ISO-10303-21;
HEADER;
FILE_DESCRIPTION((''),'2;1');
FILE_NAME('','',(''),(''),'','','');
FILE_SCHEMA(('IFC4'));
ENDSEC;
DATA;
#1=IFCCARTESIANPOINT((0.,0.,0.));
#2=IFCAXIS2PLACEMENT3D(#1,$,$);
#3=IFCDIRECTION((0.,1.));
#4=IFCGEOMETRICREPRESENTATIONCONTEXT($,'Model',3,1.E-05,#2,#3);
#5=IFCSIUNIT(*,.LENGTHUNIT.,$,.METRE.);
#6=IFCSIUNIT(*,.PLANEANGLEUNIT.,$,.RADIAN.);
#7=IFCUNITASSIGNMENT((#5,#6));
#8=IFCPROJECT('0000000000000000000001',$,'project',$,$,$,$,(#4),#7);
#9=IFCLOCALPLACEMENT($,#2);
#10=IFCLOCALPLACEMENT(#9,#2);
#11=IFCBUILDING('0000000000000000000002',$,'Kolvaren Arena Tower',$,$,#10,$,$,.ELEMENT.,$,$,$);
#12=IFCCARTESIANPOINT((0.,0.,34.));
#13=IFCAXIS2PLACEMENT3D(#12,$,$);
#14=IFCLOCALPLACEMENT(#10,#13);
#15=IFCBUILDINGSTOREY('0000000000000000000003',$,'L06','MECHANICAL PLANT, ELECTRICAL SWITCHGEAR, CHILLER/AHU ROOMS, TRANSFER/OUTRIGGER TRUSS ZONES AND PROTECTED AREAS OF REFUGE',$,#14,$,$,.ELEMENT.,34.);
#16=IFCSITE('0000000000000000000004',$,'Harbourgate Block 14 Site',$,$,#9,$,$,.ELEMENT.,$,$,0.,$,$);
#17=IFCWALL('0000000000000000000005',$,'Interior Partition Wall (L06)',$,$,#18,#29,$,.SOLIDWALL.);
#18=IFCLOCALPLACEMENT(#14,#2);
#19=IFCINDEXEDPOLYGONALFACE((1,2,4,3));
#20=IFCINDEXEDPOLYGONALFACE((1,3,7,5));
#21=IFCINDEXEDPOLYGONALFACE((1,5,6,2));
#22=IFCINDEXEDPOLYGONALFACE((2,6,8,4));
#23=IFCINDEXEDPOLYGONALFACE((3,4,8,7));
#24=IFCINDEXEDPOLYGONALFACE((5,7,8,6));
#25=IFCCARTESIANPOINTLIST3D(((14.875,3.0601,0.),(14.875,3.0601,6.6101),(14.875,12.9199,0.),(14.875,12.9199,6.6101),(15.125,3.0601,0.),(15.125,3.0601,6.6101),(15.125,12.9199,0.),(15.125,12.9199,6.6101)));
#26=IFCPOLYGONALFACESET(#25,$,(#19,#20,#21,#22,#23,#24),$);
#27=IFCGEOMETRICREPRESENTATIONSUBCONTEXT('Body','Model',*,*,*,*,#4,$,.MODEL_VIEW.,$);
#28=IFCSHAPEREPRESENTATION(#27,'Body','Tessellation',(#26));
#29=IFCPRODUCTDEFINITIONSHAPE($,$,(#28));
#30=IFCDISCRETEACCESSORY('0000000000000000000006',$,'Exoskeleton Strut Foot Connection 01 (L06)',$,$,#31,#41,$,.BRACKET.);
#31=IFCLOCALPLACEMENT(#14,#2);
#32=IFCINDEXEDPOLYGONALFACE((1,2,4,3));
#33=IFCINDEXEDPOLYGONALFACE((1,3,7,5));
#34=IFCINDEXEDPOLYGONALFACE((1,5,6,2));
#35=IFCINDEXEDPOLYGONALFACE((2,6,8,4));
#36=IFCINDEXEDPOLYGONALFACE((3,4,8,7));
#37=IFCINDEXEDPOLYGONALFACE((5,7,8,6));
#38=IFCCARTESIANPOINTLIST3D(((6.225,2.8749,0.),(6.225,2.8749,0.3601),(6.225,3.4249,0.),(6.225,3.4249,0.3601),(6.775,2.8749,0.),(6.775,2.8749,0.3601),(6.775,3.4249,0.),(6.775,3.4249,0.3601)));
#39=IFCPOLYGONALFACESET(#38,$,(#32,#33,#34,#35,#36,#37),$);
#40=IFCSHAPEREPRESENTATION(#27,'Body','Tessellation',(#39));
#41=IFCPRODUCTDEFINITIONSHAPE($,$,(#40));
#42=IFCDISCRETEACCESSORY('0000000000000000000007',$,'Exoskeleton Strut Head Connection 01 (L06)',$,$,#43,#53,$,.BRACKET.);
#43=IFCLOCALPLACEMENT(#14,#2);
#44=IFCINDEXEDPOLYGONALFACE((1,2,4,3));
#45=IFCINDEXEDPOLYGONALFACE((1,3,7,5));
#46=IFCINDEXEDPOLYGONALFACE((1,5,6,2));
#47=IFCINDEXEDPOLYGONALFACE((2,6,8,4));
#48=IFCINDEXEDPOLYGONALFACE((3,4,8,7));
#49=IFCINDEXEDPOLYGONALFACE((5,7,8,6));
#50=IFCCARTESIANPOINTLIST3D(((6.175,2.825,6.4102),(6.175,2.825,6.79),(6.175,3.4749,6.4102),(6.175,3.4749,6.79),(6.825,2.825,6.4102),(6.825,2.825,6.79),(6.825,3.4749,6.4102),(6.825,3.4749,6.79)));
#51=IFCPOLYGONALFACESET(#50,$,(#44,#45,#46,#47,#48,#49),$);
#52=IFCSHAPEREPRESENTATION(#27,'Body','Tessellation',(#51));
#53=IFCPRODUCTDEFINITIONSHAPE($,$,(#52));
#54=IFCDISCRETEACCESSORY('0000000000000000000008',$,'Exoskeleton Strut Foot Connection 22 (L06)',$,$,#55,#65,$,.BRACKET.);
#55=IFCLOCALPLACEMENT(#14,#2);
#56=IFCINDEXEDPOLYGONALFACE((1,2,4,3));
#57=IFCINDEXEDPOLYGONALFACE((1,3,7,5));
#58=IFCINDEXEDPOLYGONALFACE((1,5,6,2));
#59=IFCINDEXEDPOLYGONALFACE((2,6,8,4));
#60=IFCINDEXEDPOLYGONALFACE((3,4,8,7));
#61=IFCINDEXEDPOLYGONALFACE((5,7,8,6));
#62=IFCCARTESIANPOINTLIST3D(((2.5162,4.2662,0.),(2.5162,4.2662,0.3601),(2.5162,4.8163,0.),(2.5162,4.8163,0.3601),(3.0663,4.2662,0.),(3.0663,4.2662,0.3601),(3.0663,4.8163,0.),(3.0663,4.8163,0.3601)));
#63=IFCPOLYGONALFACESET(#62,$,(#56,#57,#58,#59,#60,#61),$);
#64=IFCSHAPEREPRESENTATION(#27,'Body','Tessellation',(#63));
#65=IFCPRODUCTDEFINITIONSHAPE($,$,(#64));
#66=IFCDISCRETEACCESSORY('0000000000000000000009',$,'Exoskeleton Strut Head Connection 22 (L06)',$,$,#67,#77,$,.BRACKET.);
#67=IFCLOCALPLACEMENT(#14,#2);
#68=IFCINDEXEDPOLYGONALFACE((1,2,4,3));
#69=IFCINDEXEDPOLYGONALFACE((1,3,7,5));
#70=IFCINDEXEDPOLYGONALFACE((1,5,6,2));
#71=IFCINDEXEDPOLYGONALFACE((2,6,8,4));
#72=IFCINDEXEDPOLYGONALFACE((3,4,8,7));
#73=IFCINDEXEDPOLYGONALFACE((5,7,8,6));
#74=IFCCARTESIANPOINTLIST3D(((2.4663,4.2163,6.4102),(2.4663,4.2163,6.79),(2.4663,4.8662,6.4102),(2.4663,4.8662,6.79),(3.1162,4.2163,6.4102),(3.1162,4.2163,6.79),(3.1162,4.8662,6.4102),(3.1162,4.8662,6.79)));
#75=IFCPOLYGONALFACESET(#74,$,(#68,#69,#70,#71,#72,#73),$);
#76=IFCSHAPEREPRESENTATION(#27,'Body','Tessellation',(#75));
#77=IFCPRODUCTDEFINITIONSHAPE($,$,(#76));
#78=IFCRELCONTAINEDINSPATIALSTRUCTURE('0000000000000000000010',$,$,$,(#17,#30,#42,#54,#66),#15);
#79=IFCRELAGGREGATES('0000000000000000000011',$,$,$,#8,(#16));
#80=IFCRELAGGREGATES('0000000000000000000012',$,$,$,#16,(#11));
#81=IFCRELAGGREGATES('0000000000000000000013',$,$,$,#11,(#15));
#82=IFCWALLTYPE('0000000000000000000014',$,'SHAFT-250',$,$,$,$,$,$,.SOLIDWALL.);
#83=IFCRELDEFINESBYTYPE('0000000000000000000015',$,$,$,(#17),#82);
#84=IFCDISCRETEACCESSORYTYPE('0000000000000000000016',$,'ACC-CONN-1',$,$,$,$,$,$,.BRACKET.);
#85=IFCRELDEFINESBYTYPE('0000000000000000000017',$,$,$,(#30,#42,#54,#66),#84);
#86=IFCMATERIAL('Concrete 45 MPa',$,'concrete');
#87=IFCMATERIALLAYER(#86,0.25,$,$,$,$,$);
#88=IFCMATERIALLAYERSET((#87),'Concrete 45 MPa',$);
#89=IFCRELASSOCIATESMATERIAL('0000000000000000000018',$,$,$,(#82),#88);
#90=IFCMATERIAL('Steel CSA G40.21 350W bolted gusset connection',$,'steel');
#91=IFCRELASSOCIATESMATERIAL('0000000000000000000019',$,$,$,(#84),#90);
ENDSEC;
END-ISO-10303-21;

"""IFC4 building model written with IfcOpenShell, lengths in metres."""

from ifc_helpers import new_model, si_unit, direction, frame, frame_2d, origin, origin_2d, place, context, subcontext, project, spatial, rectangle, extrude, material, layer, layer_set, type_object, element, save


model = new_model("IFC4")

# Units and contexts
model_context = context("Model", 3, precision=1e-05, world=origin(), true_north=direction((0.0, 1.0)))
body_context = subcontext(model_context, "Body", "Model", "MODEL_VIEW")
ifc_project = project(units=[si_unit("LENGTHUNIT", "METRE"), si_unit("PLANEANGLEUNIT", "RADIAN")], contexts=[model_context])

# Site, building, storey
site_placement = place(None, origin())
site = spatial("IfcSite", under=ifc_project, at=site_placement, Name="Harbourgate Block 14 Site", CompositionType="ELEMENT", RefElevation=0.0)
building_placement = place(site_placement, origin())
building = spatial("IfcBuilding", under=site, at=building_placement, Name="Kolvaren Arena Tower", CompositionType="ELEMENT")
storey_placement = place(building_placement, frame((0.0, 0.0, 34.0)))
storey = spatial("IfcBuildingStorey", under=building, at=storey_placement, Name="L06", Description="MECHANICAL PLANT, ELECTRICAL SWITCHGEAR, CHILLER/AHU ROOMS, TRANSFER/OUTRIGGER TRUSS ZONES AND PROTECTED AREAS OF REFUGE", CompositionType="ELEMENT", Elevation=34.0)

# Wall
ifc_material_1 = material(Name="Concrete 45 MPa", Category="concrete")
ifc_layer_1 = layer(ifc_material_1, 0.25)
ifc_layer_set_1 = layer_set([ifc_layer_1], Name="Concrete 45 MPa")
wall_type_1 = type_object("IfcWallType", Name="SHAFT-250", PredefinedType="SOLIDWALL", material=ifc_layer_set_1)
wall_placement = place(storey_placement, frame((15.0, 3.0601, 0.0), z_axis=(0.0, 0.0, 1.0), x_axis=(0.0, 1.0, 0.0)))
element("IfcWall", 1, at=wall_placement, inside=storey, type_object=wall_type_1, Name="Interior Partition Wall (L06)", PredefinedType="SOLIDWALL", context=body_context, shape_type="SweptSolid", body=[
    extrude(rectangle(XDim=9.8599, YDim=0.25, at=frame_2d((4.9299, 0.0))), origin(), (0.0, 0.0, 1.0), 6.6101),
])

# Discrete accessories
ifc_material_2 = material(Name="Steel CSA G40.21 350W bolted gusset connection", Category="steel")
discrete_accessory_type = type_object("IfcDiscreteAccessoryType", Name="ACC-CONN-1", PredefinedType="BRACKET", material=ifc_material_2)
discrete_accessory_1_placement = place(storey_placement, frame((6.5, 3.1499, 0.0), z_axis=(0.0, 0.0, 1.0), x_axis=(1.0, 0.0, 0.0)))
element("IfcDiscreteAccessory", 2, at=discrete_accessory_1_placement, inside=storey, type_object=discrete_accessory_type, Name="Exoskeleton Strut Foot Connection 01 (L06)", PredefinedType="BRACKET", context=body_context, shape_type="SweptSolid", body=[
    extrude(rectangle(XDim=0.55, YDim=0.55, at=origin_2d()), origin(), (0.0, 0.0, 1.0), 0.3601),
])
discrete_accessory_2_placement = place(storey_placement, frame((6.5, 3.1499, 6.4102), z_axis=(0.0, 0.0, 1.0), x_axis=(1.0, 0.0, 0.0)))
element("IfcDiscreteAccessory", 3, at=discrete_accessory_2_placement, inside=storey, type_object=discrete_accessory_type, Name="Exoskeleton Strut Head Connection 01 (L06)", PredefinedType="BRACKET", context=body_context, shape_type="SweptSolid", body=[
    extrude(rectangle(XDim=0.6499, YDim=0.6499, at=origin_2d()), origin(), (0.0, 0.0, 1.0), 0.3799),
])
discrete_accessory_3_placement = place(storey_placement, frame((2.7913, 4.5413, 0.0), z_axis=(0.0, 0.0, 1.0), x_axis=(1.0, 0.0, 0.0)))
element("IfcDiscreteAccessory", 4, at=discrete_accessory_3_placement, inside=storey, type_object=discrete_accessory_type, Name="Exoskeleton Strut Foot Connection 22 (L06)", PredefinedType="BRACKET", context=body_context, shape_type="SweptSolid", body=[
    extrude(rectangle(XDim=0.55, YDim=0.55, at=origin_2d()), origin(), (0.0, 0.0, 1.0), 0.3601),
])
discrete_accessory_4_placement = place(storey_placement, frame((2.7913, 4.5413, 6.4102), z_axis=(0.0, 0.0, 1.0), x_axis=(1.0, 0.0, 0.0)))
element("IfcDiscreteAccessory", 5, at=discrete_accessory_4_placement, inside=storey, type_object=discrete_accessory_type, Name="Exoskeleton Strut Head Connection 22 (L06)", PredefinedType="BRACKET", context=body_context, shape_type="SweptSolid", body=[
    extrude(rectangle(XDim=0.6499, YDim=0.6499, at=origin_2d()), origin(), (0.0, 0.0, 1.0), 0.3799),
])

save(model, "model.ifc")
